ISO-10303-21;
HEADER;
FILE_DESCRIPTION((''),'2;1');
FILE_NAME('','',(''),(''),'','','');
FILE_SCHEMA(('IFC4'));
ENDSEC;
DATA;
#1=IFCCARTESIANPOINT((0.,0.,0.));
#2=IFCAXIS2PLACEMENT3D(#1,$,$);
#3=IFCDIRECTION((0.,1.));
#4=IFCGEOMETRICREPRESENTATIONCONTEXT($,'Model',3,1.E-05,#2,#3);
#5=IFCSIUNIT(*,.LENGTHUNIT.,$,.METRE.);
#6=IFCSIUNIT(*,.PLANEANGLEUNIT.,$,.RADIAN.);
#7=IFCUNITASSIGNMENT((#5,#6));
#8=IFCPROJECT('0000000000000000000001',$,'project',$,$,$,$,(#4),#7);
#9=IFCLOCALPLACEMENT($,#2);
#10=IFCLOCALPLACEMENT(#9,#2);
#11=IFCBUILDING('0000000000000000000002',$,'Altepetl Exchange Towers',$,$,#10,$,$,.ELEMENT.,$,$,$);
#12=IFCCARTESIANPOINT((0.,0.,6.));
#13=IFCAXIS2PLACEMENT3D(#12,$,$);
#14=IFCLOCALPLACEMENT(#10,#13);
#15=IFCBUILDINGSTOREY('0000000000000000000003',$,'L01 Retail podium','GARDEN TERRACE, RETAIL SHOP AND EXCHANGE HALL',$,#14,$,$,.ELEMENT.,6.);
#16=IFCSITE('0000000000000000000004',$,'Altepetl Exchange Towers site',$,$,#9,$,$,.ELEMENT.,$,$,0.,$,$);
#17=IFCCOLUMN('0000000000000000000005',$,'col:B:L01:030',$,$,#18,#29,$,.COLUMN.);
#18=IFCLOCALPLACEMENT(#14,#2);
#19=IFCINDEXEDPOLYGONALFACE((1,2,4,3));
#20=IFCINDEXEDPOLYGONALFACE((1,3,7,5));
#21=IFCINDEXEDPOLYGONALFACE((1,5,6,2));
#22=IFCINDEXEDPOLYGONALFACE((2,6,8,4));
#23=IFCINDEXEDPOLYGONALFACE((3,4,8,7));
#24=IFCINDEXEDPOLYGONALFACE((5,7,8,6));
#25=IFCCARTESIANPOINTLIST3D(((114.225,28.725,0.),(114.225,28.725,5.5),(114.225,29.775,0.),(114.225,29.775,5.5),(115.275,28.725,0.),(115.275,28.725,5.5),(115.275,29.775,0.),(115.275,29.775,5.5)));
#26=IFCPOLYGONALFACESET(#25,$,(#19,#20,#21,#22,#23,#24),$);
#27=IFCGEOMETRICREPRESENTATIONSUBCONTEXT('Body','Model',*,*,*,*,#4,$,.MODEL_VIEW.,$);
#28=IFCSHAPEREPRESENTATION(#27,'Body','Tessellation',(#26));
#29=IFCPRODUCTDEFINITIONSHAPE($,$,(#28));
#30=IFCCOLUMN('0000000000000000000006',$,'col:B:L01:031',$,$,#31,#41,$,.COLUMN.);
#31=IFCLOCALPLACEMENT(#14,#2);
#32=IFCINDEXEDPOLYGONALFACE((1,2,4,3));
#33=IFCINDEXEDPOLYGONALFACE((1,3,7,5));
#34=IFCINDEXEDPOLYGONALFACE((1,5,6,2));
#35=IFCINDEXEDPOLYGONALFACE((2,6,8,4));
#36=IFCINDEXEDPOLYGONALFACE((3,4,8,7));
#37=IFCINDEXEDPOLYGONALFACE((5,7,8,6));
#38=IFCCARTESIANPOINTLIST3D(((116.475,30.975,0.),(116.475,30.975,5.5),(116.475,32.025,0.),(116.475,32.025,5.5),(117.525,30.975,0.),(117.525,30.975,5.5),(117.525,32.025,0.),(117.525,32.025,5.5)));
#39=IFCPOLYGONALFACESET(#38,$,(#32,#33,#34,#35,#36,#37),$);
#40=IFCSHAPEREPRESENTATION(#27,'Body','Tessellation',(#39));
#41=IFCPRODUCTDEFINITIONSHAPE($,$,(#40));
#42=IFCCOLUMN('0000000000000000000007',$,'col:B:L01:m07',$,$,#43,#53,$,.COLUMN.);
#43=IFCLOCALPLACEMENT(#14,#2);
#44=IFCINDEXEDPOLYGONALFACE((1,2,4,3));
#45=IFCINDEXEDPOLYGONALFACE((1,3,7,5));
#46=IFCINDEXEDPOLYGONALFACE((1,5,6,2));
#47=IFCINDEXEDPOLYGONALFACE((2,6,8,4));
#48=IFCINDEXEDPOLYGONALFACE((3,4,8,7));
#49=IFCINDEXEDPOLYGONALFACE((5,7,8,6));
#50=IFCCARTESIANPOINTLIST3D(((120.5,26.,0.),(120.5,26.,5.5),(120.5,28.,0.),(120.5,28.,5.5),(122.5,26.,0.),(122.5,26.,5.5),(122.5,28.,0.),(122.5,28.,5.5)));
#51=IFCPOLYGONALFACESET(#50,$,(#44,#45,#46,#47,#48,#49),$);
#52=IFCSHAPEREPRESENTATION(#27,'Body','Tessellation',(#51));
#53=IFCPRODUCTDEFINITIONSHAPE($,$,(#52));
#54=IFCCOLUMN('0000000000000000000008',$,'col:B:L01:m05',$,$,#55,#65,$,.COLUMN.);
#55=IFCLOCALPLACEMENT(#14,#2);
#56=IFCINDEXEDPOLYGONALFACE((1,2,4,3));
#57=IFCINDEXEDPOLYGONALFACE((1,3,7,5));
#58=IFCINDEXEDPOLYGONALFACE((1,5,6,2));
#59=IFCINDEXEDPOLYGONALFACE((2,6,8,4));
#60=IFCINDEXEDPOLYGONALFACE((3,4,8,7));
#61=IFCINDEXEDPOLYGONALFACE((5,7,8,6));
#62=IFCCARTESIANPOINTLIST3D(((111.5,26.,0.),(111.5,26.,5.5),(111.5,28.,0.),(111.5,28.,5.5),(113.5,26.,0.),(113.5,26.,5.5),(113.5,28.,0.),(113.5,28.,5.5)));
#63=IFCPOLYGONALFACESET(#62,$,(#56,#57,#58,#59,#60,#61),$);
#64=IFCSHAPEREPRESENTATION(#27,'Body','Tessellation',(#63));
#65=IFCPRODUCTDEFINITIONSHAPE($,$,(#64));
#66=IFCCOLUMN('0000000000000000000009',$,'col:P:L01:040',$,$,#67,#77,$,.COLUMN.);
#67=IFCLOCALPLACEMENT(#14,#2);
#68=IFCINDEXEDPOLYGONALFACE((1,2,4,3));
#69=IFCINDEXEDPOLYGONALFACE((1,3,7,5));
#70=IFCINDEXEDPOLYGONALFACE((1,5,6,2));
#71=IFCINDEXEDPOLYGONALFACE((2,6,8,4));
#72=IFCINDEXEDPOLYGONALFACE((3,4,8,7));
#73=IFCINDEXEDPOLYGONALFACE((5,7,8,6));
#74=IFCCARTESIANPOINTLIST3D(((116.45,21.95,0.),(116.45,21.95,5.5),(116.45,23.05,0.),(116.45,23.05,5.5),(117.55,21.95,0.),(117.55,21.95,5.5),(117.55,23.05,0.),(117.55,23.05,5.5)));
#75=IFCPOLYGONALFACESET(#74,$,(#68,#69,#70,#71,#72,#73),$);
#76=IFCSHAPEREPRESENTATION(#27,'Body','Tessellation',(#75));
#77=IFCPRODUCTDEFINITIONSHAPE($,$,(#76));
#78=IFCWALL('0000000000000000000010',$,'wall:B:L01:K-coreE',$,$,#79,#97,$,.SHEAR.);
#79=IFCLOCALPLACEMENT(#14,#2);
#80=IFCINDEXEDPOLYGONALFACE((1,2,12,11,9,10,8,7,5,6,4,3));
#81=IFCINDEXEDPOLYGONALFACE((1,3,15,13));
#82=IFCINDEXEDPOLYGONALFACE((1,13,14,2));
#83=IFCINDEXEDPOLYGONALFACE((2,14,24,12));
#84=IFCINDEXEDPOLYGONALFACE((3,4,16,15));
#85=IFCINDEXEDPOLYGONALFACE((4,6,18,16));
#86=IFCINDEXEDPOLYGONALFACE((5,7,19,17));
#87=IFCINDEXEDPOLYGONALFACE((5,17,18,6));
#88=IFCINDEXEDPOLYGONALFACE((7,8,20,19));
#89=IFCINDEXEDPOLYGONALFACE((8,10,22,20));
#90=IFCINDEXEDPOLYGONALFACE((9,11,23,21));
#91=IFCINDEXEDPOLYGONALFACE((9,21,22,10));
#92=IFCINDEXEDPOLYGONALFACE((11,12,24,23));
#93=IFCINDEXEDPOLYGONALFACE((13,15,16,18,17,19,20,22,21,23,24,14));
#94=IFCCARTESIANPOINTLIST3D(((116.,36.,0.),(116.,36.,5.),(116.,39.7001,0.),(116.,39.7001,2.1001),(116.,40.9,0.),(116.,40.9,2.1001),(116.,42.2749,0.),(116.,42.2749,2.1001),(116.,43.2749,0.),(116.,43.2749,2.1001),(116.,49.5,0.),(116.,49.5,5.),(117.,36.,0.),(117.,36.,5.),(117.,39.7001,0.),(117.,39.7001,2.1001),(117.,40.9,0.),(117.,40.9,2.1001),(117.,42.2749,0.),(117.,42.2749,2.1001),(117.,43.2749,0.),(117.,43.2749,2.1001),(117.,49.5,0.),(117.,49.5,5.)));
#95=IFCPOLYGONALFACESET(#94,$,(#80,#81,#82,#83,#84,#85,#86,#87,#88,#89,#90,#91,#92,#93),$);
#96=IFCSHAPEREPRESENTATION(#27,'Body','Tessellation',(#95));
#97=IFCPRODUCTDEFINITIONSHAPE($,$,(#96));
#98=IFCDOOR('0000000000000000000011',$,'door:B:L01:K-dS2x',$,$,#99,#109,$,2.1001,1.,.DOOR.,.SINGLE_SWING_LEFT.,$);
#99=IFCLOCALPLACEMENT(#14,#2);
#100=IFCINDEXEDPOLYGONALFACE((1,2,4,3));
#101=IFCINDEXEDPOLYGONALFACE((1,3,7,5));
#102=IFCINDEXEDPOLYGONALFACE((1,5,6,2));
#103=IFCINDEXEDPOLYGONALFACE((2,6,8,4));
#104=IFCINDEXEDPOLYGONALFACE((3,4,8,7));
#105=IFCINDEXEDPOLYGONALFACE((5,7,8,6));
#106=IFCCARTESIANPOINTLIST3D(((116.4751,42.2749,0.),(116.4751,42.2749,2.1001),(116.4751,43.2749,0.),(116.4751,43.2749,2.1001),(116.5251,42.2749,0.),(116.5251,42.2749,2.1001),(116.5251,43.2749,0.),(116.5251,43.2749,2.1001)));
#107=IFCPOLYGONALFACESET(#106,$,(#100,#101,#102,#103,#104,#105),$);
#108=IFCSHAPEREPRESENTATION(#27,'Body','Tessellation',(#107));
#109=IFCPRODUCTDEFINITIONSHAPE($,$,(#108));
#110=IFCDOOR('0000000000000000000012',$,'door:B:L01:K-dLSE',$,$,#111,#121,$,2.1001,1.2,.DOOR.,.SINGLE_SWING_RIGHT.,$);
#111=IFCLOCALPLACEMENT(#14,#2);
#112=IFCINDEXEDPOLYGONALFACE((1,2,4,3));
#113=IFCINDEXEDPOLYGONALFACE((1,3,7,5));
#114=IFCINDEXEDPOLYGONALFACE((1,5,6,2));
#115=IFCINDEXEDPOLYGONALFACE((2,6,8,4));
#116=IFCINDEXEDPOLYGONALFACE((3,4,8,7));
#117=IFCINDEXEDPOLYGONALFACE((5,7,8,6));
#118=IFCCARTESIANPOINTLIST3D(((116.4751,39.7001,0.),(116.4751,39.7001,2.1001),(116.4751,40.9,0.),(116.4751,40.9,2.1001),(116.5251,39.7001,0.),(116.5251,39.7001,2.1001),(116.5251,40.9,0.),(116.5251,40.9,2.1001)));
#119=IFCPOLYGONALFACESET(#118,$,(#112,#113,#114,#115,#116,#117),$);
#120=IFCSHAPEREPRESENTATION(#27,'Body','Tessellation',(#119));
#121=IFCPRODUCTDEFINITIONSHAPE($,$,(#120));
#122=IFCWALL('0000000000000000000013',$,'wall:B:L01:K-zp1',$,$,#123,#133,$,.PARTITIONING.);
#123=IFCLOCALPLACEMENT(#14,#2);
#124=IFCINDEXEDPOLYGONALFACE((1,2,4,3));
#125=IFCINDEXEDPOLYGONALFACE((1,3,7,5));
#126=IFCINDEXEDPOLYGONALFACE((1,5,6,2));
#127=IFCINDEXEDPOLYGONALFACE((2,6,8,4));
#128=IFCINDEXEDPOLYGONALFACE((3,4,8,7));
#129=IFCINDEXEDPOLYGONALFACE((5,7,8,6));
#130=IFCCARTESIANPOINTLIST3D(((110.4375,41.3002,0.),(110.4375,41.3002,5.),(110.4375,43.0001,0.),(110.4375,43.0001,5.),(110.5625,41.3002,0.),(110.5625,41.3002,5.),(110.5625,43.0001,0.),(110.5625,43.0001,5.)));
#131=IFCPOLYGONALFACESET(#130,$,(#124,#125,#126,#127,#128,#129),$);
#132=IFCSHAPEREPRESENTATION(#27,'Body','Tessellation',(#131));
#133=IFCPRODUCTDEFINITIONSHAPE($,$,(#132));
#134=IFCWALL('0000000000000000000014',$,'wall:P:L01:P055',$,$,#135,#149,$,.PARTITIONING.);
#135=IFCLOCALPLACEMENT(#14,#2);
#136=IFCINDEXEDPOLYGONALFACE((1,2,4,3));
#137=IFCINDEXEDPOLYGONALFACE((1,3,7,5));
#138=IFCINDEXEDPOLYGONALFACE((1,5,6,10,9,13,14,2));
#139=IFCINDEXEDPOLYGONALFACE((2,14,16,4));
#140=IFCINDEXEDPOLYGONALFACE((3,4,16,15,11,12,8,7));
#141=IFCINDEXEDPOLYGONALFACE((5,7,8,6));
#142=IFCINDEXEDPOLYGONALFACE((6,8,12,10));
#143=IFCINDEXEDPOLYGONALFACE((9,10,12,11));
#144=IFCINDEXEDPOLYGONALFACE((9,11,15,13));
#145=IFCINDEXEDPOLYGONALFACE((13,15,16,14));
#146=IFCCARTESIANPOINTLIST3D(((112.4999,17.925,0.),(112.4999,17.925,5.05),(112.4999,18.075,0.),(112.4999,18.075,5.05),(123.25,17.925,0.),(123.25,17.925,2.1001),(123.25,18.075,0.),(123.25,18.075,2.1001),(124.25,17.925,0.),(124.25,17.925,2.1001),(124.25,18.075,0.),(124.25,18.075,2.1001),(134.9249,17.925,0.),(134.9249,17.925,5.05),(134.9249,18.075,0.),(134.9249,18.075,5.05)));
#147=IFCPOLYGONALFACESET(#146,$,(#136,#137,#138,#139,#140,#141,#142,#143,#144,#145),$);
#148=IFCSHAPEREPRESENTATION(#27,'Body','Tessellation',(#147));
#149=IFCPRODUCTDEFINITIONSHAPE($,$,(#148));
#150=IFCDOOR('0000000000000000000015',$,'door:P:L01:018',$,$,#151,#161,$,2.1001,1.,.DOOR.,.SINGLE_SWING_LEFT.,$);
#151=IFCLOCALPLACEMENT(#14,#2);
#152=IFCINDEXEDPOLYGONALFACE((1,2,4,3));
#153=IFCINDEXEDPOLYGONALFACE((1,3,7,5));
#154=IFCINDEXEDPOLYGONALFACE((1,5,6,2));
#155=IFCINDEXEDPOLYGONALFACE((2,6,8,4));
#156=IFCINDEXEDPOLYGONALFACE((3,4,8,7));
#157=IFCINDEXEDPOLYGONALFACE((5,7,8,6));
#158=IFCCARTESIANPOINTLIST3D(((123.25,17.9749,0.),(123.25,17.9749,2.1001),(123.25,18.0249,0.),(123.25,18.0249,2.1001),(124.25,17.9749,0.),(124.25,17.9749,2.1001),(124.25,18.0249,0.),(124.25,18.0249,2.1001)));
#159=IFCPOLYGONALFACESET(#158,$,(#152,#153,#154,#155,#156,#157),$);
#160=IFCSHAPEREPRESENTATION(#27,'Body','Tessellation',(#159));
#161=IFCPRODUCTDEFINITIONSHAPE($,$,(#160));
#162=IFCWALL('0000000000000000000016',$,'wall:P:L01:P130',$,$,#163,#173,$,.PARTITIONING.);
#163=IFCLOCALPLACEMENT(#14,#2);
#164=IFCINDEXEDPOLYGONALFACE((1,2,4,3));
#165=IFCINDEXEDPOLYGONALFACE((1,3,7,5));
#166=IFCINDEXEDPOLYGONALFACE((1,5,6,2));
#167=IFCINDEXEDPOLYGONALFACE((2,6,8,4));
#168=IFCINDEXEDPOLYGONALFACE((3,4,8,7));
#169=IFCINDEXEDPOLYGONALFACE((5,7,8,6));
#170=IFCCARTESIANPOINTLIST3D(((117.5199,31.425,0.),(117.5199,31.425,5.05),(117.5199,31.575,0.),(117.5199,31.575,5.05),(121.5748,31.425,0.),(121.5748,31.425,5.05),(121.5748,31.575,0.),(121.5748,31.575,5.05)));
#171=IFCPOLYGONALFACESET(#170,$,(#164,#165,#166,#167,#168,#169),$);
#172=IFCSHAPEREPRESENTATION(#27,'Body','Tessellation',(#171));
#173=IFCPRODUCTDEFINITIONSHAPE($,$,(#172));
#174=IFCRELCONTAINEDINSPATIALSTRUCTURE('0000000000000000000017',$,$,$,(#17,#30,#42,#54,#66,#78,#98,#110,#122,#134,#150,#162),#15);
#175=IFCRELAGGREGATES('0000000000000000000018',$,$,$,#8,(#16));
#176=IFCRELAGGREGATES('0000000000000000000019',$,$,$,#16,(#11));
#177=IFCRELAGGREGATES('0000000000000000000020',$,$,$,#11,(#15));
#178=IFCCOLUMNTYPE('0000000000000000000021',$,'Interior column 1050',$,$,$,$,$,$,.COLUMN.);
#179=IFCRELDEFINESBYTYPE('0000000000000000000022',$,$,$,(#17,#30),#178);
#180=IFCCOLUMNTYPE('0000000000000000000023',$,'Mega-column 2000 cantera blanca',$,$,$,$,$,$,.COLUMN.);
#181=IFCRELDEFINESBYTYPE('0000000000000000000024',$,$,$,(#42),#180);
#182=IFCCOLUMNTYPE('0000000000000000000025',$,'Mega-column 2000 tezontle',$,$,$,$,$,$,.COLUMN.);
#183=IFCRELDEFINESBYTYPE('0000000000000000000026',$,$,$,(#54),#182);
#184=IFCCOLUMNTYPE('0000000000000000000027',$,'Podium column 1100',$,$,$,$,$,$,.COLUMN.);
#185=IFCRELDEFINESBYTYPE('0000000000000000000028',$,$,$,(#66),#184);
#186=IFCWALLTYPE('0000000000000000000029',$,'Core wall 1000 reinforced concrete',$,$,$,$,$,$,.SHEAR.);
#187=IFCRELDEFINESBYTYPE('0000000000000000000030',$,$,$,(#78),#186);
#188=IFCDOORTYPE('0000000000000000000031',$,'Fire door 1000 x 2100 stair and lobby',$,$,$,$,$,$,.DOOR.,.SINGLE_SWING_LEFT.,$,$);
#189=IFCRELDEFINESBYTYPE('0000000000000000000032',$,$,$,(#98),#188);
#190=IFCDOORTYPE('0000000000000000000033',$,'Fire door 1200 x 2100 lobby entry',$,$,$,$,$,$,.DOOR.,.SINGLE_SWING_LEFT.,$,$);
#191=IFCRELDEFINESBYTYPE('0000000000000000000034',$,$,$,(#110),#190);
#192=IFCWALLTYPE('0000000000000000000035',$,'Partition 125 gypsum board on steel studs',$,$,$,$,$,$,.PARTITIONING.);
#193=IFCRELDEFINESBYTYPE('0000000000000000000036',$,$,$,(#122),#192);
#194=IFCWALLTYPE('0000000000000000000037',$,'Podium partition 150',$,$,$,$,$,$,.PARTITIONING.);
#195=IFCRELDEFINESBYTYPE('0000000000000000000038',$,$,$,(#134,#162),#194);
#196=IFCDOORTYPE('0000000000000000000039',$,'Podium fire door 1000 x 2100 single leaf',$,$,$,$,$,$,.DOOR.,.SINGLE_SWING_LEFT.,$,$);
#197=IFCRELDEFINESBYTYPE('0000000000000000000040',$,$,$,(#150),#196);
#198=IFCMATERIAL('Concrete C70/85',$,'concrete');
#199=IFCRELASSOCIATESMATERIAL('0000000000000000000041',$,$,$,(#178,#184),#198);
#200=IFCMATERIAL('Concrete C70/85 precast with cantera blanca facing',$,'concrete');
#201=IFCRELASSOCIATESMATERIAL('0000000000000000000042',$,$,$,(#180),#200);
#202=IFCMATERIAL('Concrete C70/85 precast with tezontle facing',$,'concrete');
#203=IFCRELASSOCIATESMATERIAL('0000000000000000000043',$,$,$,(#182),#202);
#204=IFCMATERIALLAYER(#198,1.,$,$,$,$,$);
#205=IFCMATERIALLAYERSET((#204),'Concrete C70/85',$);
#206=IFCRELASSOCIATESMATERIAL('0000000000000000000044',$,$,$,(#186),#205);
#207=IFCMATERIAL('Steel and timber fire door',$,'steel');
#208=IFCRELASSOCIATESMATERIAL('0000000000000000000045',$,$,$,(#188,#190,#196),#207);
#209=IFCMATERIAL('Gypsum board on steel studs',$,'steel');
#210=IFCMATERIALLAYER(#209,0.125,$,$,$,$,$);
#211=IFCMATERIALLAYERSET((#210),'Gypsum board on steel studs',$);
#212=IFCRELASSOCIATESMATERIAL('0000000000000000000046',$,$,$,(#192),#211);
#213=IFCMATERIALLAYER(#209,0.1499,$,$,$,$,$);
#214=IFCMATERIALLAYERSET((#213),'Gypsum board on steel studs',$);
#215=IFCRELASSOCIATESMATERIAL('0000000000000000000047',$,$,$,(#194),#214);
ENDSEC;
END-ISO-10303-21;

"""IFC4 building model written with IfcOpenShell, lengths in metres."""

from ifc_helpers import new_model, si_unit, direction, frame, frame_2d, origin, origin_2d, place, context, subcontext, project, spatial, rectangle, extrude, material, layer, layer_set, material_profile, profile_set, type_object, element, fill, save


model = new_model("IFC4")

# Units and contexts
model_context = context("Model", 3, precision=1e-05, world=origin(), true_north=direction((0.0, 1.0)))
body_context = subcontext(model_context, "Body", "Model", "MODEL_VIEW")
ifc_project = project(units=[si_unit("LENGTHUNIT", "METRE"), si_unit("PLANEANGLEUNIT", "RADIAN")], contexts=[model_context])

# Site, building, storey
site_placement = place(None, origin())
site = spatial("IfcSite", under=ifc_project, at=site_placement, Name="Altepetl Exchange Towers site", CompositionType="ELEMENT", RefElevation=0.0)
building_placement = place(site_placement, origin())
building = spatial("IfcBuilding", under=site, at=building_placement, Name="Altepetl Exchange Towers", CompositionType="ELEMENT")
storey_placement = place(building_placement, frame((0.0, 0.0, 6.0)))
storey = spatial("IfcBuildingStorey", under=building, at=storey_placement, Name="L01 Retail podium", Description="GARDEN TERRACE, RETAIL SHOP AND EXCHANGE HALL", CompositionType="ELEMENT", Elevation=6.0)

# Columns
ifc_material_1 = material(Name="Concrete C70/85", Category="concrete")
ifc_material_profile_1 = material_profile(ifc_material_1, rectangle(XDim=1.05, YDim=1.05, at=origin_2d()), Name="1050 x 1050")
ifc_profile_set_1 = profile_set([ifc_material_profile_1], Name="Concrete C70/85")
column_type_1 = type_object("IfcColumnType", Name="Interior column 1050", PredefinedType="COLUMN", material=ifc_profile_set_1)
for number, where, name in (
    (1, (114.75, 29.25, 0.0), "col:B:L01:030"),
    (2, (117.0, 31.5, 0.0), "col:B:L01:031"),
):
    element("IfcColumn", number, at=place(storey_placement, frame(where)), inside=storey, type_object=column_type_1, Name=name, PredefinedType="COLUMN", context=body_context, shape_type="SweptSolid", body=[
        extrude(rectangle(XDim=1.05, YDim=1.05, at=origin_2d()), origin(), (0.0, 0.0, 1.0), 5.5),
    ])
ifc_material_2 = material(Name="Concrete C70/85 precast with cantera blanca facing", Category="concrete")
ifc_material_profile_2 = material_profile(ifc_material_2, rectangle(XDim=2.0, YDim=2.0, at=origin_2d()), Name="2000 x 2000")
ifc_profile_set_2 = profile_set([ifc_material_profile_2], Name="Concrete C70/85 precast with cantera blanca facing")
column_type_2 = type_object("IfcColumnType", Name="Mega-column 2000 cantera blanca", PredefinedType="COLUMN", material=ifc_profile_set_2)
column_1_placement = place(storey_placement, frame((121.5, 27.0, 0.0)))
element("IfcColumn", 3, at=column_1_placement, inside=storey, type_object=column_type_2, Name="col:B:L01:m07", PredefinedType="COLUMN", context=body_context, shape_type="SweptSolid", body=[
    extrude(rectangle(XDim=2.0, YDim=2.0, at=origin_2d()), origin(), (0.0, 0.0, 1.0), 5.5),
])
ifc_material_3 = material(Name="Concrete C70/85 precast with tezontle facing", Category="concrete")
ifc_material_profile_3 = material_profile(ifc_material_3, rectangle(XDim=2.0, YDim=2.0, at=origin_2d()), Name="2000 x 2000")
ifc_profile_set_3 = profile_set([ifc_material_profile_3], Name="Concrete C70/85 precast with tezontle facing")
column_type_3 = type_object("IfcColumnType", Name="Mega-column 2000 tezontle", PredefinedType="COLUMN", material=ifc_profile_set_3)
column_2_placement = place(storey_placement, frame((112.5, 27.0, 0.0)))
element("IfcColumn", 4, at=column_2_placement, inside=storey, type_object=column_type_3, Name="col:B:L01:m05", PredefinedType="COLUMN", context=body_context, shape_type="SweptSolid", body=[
    extrude(rectangle(XDim=2.0, YDim=2.0, at=origin_2d()), origin(), (0.0, 0.0, 1.0), 5.5),
])
ifc_material_profile_4 = material_profile(ifc_material_1, rectangle(XDim=1.1001, YDim=1.1001, at=origin_2d()), Name="1100 x 1100")
ifc_profile_set_4 = profile_set([ifc_material_profile_4], Name="Concrete C70/85")
column_type_4 = type_object("IfcColumnType", Name="Podium column 1100", PredefinedType="COLUMN", material=ifc_profile_set_4)
column_3_placement = place(storey_placement, frame((117.0, 22.5, 0.0)))
element("IfcColumn", 5, at=column_3_placement, inside=storey, type_object=column_type_4, Name="col:P:L01:040", PredefinedType="COLUMN", context=body_context, shape_type="SweptSolid", body=[
    extrude(rectangle(XDim=1.1001, YDim=1.1001, at=origin_2d()), origin(), (0.0, 0.0, 1.0), 5.5),
])

# Wall, openings, doors
ifc_layer_1 = layer(ifc_material_1, 1.0)
ifc_layer_set_1 = layer_set([ifc_layer_1], Name="Concrete C70/85")
wall_type_1 = type_object("IfcWallType", Name="Core wall 1000 reinforced concrete", PredefinedType="SHEAR", material=ifc_layer_set_1)
wall_1_placement = place(storey_placement, frame((116.5, 36.0, 0.0), z_axis=(0.0, 0.0, 1.0), x_axis=(0.0, 1.0, 0.0)))
wall_1 = element("IfcWall", 6, at=wall_1_placement, inside=storey, type_object=wall_type_1, Name="wall:B:L01:K-coreE", PredefinedType="SHEAR", context=body_context, shape_type="SweptSolid", body=[
    extrude(rectangle(XDim=13.5, YDim=1.0, at=frame_2d((6.75, 0.0))), origin(), (0.0, 0.0, 1.0), 5.0),
])
opening_1_placement = place(wall_1_placement, frame((3.7, 0.0, 0.0)))
opening_1 = element("IfcOpeningElement", 7, at=opening_1_placement, cuts=wall_1, PredefinedType="OPENING", context=body_context, shape_type="SweptSolid", body=[
    extrude(rectangle(XDim=1.2, YDim=2.1001, at=frame_2d((0.6001, 1.05))), frame((0.0, 0.51, 0.0), z_axis=(0.0, -1.0, 0.0), x_axis=(1.0, 0.0, 0.0)), (0.0, 0.0, 1.0), 1.02),
])
opening_2_placement = place(wall_1_placement, frame((6.2749, 0.0, 0.0)))
opening_2 = element("IfcOpeningElement", 8, at=opening_2_placement, cuts=wall_1, PredefinedType="OPENING", context=body_context, shape_type="SweptSolid", body=[
    extrude(rectangle(XDim=1.0, YDim=2.1001, at=frame_2d((0.5, 1.05))), frame((0.0, 0.51, 0.0), z_axis=(0.0, -1.0, 0.0), x_axis=(1.0, 0.0, 0.0)), (0.0, 0.0, 1.0), 1.02),
])
ifc_material_4 = material(Name="Steel and timber fire door", Category="steel")
door_type_1 = type_object("IfcDoorType", Name="Fire door 1000 x 2100 stair and lobby", OperationType="SINGLE_SWING_LEFT", PredefinedType="DOOR", material=ifc_material_4)
door_1_placement = place(opening_2_placement, origin())
door_1 = element("IfcDoor", 9, at=door_1_placement, inside=storey, type_object=door_type_1, Name="door:B:L01:K-dS2x", OperationType="SINGLE_SWING_LEFT", OverallHeight=2.1001, OverallWidth=1.0, PredefinedType="DOOR", context=body_context, shape_type="SweptSolid", body=[
    extrude(rectangle(XDim=1.0, YDim=2.1001, at=frame_2d((0.5, 1.05))), frame((0.0, 0.0249, 0.0), z_axis=(0.0, -1.0, 0.0), x_axis=(1.0, 0.0, 0.0)), (0.0, 0.0, 1.0), 0.05),
])
fill(opening_2, door_1)
door_type_2 = type_object("IfcDoorType", Name="Fire door 1200 x 2100 lobby entry", OperationType="SINGLE_SWING_LEFT", PredefinedType="DOOR", material=ifc_material_4)
door_2_placement = place(opening_1_placement, origin())
door_2 = element("IfcDoor", 10, at=door_2_placement, inside=storey, type_object=door_type_2, Name="door:B:L01:K-dLSE", OperationType="SINGLE_SWING_RIGHT", OverallHeight=2.1001, OverallWidth=1.2, PredefinedType="DOOR", context=body_context, shape_type="SweptSolid", body=[
    extrude(rectangle(XDim=1.2, YDim=2.1001, at=frame_2d((0.6001, 1.05))), frame((0.0, 0.0249, 0.0), z_axis=(0.0, -1.0, 0.0), x_axis=(1.0, 0.0, 0.0)), (0.0, 0.0, 1.0), 0.05),
])
fill(opening_1, door_2)

# Wall
ifc_material_5 = material(Name="Gypsum board on steel studs", Category="steel")
ifc_layer_2 = layer(ifc_material_5, 0.125)
ifc_layer_set_2 = layer_set([ifc_layer_2], Name="Gypsum board on steel studs")
wall_type_2 = type_object("IfcWallType", Name="Partition 125 gypsum board on steel studs", PredefinedType="PARTITIONING", material=ifc_layer_set_2)
wall_2_placement = place(storey_placement, frame((110.5, 41.3, 0.0), z_axis=(0.0, 0.0, 1.0), x_axis=(0.0, 1.0, 0.0)))
element("IfcWall", 11, at=wall_2_placement, inside=storey, type_object=wall_type_2, Name="wall:B:L01:K-zp1", PredefinedType="PARTITIONING", context=body_context, shape_type="SweptSolid", body=[
    extrude(rectangle(XDim=1.7, YDim=0.125, at=frame_2d((0.8501, 0.0))), origin(), (0.0, 0.0, 1.0), 5.0),
])

# Wall, opening, door
ifc_layer_3 = layer(ifc_material_5, 0.1499)
ifc_layer_set_3 = layer_set([ifc_layer_3], Name="Gypsum board on steel studs")
wall_type_3 = type_object("IfcWallType", Name="Podium partition 150", PredefinedType="PARTITIONING", material=ifc_layer_set_3)
wall_3_placement = place(storey_placement, frame((112.5, 18.0, 0.0)))
wall_3 = element("IfcWall", 12, at=wall_3_placement, inside=storey, type_object=wall_type_3, Name="wall:P:L01:P055", PredefinedType="PARTITIONING", context=body_context, shape_type="SweptSolid", body=[
    extrude(rectangle(XDim=22.425, YDim=0.1499, at=frame_2d((11.2124, 0.0))), origin(), (0.0, 0.0, 1.0), 5.05),
])
opening_3_placement = place(wall_3_placement, frame((10.75, 0.0, 0.0)))
opening_3 = element("IfcOpeningElement", 13, at=opening_3_placement, cuts=wall_3, PredefinedType="OPENING", context=body_context, shape_type="SweptSolid", body=[
    extrude(rectangle(XDim=1.0, YDim=2.1001, at=frame_2d((0.5, 1.05))), frame((0.0, 0.085, 0.0), z_axis=(0.0, -1.0, 0.0), x_axis=(1.0, 0.0, 0.0)), (0.0, 0.0, 1.0), 0.1699),
])
door_type_3 = type_object("IfcDoorType", Name="Podium fire door 1000 x 2100 single leaf", OperationType="SINGLE_SWING_LEFT", PredefinedType="DOOR", material=ifc_material_4)
door_3_placement = place(opening_3_placement, origin())
door_3 = element("IfcDoor", 14, at=door_3_placement, inside=storey, type_object=door_type_3, Name="door:P:L01:018", OperationType="SINGLE_SWING_LEFT", OverallHeight=2.1001, OverallWidth=1.0, PredefinedType="DOOR", context=body_context, shape_type="SweptSolid", body=[
    extrude(rectangle(XDim=1.0, YDim=2.1001, at=frame_2d((0.5, 1.05))), frame((0.0, 0.0249, 0.0), z_axis=(0.0, -1.0, 0.0), x_axis=(1.0, 0.0, 0.0)), (0.0, 0.0, 1.0), 0.05),
])
fill(opening_3, door_3)

# Wall
wall_4_placement = place(storey_placement, frame((117.52, 31.5, 0.0)))
element("IfcWall", 15, at=wall_4_placement, inside=storey, type_object=wall_type_3, Name="wall:P:L01:P130", PredefinedType="PARTITIONING", context=body_context, shape_type="SweptSolid", body=[
    extrude(rectangle(XDim=4.0549, YDim=0.1499, at=frame_2d((2.0273, 0.0))), origin(), (0.0, 0.0, 1.0), 5.05),
])

save(model, "model.ifc")
